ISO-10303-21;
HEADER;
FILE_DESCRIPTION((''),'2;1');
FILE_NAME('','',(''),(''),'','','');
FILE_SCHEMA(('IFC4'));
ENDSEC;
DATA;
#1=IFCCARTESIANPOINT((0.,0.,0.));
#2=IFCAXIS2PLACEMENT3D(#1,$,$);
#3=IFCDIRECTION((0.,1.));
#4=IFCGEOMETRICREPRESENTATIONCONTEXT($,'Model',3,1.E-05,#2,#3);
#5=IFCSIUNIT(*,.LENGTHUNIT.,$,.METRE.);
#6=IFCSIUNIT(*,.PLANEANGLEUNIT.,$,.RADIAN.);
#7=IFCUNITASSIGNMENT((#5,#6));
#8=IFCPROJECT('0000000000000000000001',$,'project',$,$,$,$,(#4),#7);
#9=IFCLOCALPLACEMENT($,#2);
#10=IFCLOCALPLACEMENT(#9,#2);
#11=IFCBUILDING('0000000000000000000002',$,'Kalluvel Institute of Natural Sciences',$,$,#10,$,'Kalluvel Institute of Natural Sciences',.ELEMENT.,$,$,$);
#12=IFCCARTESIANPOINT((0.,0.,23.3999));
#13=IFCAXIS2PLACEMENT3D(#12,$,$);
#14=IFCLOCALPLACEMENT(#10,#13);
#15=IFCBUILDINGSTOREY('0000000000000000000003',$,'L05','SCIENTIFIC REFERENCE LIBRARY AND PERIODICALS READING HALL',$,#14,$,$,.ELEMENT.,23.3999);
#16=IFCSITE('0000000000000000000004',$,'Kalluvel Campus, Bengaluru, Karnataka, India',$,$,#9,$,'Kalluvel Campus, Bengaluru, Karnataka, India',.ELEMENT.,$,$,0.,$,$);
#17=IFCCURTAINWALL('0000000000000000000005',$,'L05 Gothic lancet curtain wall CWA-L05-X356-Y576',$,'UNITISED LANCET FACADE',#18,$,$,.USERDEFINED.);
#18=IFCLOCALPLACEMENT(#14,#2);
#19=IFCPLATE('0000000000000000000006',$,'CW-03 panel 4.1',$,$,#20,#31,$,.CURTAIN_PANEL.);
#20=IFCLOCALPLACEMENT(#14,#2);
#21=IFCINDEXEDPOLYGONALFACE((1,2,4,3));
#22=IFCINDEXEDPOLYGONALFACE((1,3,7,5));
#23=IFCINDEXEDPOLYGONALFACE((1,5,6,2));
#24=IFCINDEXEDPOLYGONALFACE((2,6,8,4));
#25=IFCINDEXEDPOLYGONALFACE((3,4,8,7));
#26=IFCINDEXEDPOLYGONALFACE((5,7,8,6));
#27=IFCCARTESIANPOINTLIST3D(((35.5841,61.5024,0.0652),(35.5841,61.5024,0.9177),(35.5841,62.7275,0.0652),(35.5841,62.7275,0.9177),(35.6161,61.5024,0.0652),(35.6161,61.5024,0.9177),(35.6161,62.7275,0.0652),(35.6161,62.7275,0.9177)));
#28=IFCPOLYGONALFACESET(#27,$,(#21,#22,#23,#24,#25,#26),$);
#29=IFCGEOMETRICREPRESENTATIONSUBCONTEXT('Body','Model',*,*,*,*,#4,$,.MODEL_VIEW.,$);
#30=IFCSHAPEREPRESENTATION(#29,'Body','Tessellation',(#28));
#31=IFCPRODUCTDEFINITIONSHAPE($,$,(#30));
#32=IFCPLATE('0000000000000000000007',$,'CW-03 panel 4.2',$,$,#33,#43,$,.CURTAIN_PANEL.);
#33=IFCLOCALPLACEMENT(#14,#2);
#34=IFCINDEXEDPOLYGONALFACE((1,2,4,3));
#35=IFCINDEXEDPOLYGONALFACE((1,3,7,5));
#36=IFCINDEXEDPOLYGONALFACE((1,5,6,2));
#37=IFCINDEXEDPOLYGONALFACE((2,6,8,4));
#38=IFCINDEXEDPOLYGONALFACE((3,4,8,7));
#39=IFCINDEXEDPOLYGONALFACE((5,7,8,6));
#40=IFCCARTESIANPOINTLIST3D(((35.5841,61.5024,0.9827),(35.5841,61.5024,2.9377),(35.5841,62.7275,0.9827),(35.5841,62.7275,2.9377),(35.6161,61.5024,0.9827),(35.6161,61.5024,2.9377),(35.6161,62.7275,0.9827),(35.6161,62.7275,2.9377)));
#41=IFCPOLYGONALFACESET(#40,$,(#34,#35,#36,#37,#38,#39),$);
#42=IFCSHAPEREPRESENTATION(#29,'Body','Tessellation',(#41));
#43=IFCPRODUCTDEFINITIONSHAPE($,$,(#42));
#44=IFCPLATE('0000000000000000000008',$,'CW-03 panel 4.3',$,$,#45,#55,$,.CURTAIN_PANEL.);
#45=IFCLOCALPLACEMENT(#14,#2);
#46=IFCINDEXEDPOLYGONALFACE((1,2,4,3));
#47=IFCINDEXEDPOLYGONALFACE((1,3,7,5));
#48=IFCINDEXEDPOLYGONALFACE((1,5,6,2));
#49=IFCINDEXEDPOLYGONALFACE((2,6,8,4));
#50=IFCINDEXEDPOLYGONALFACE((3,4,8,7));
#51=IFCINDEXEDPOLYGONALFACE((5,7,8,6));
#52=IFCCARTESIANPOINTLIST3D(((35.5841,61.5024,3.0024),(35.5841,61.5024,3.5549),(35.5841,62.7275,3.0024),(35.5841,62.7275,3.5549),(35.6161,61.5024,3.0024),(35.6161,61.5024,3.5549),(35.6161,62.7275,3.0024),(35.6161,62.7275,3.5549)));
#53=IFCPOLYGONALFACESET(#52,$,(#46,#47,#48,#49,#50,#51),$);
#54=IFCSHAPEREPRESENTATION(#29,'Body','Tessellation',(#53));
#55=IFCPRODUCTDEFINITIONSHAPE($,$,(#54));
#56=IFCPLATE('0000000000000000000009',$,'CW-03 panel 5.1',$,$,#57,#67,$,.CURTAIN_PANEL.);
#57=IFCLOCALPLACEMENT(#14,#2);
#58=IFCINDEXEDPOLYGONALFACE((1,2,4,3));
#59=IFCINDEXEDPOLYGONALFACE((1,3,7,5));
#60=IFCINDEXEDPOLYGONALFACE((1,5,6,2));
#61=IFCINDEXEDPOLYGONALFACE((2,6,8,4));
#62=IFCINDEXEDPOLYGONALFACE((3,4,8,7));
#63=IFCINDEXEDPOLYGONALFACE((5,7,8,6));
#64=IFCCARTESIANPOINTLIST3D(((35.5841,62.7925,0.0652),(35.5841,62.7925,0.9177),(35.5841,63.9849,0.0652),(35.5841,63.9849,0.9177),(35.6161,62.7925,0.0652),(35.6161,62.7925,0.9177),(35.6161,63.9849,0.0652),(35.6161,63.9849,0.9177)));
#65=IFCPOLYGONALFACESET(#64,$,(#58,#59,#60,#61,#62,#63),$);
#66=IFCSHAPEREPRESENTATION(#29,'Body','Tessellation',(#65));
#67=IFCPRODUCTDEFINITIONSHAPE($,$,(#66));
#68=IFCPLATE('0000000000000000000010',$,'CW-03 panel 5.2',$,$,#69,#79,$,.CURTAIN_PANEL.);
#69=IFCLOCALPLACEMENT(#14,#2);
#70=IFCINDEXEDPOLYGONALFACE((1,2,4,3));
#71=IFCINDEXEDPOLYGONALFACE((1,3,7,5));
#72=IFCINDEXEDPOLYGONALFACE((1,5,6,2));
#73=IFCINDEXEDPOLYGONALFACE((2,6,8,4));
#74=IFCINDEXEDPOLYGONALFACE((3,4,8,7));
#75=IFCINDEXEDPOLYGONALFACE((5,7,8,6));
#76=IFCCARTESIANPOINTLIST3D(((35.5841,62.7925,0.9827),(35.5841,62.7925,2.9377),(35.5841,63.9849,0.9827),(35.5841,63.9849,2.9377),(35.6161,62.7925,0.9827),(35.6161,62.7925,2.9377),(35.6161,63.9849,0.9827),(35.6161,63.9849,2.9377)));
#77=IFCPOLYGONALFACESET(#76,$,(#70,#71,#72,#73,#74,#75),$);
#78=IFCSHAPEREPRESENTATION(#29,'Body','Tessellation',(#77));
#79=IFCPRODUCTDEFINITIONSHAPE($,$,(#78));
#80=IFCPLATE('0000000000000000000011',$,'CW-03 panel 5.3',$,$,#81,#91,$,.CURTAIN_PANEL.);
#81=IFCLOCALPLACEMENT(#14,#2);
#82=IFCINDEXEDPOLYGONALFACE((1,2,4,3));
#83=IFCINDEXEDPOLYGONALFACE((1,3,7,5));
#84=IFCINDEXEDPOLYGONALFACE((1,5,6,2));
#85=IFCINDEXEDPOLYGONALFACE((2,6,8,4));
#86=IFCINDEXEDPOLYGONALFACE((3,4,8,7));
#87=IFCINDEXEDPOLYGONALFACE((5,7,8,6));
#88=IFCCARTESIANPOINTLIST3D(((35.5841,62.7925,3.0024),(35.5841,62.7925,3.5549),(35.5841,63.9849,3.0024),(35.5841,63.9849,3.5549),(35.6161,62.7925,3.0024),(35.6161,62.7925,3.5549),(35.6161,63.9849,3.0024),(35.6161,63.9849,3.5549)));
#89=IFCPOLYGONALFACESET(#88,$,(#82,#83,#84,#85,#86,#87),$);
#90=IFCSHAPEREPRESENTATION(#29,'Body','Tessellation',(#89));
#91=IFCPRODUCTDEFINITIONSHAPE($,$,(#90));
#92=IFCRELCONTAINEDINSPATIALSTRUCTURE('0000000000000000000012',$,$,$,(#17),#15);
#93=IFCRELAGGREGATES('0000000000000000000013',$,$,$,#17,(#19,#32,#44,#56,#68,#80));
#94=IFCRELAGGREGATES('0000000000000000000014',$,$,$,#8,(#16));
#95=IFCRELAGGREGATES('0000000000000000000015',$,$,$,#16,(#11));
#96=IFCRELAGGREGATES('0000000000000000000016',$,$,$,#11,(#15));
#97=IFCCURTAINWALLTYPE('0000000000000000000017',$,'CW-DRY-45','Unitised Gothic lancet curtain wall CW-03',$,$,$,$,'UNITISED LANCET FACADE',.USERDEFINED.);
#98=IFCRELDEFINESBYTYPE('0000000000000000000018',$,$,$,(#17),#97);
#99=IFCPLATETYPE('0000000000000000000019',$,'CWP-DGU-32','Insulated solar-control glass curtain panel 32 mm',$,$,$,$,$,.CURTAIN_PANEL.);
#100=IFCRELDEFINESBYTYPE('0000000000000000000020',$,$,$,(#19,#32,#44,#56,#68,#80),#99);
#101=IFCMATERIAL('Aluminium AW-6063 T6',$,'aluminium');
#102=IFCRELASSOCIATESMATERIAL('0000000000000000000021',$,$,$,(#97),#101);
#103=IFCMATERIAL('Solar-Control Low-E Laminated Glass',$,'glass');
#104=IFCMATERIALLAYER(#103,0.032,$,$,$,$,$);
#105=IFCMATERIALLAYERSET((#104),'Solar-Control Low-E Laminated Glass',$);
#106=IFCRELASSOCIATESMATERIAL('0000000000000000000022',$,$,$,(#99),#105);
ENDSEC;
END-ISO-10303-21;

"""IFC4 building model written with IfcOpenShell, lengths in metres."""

from ifc_helpers import new_model, si_unit, direction, frame, origin, origin_2d, place, context, subcontext, project, spatial, rectangle, extrude, material, layer, layer_set, type_object, element, aggregate, save


model = new_model("IFC4")

# Units and contexts
model_context = context("Model", 3, precision=1e-05, world=origin(), true_north=direction((0.0, 1.0)))
body_context = subcontext(model_context, "Body", "Model", "MODEL_VIEW")
ifc_project = project(units=[si_unit("LENGTHUNIT", "METRE"), si_unit("PLANEANGLEUNIT", "RADIAN")], contexts=[model_context])

# Site, building, storey
site_placement = place(None, origin())
site = spatial("IfcSite", under=ifc_project, at=site_placement, Name="Kalluvel Campus, Bengaluru, Karnataka, India", LongName="Kalluvel Campus, Bengaluru, Karnataka, India", CompositionType="ELEMENT", RefElevation=0.0)
building_placement = place(site_placement, origin())
building = spatial("IfcBuilding", under=site, at=building_placement, Name="Kalluvel Institute of Natural Sciences", LongName="Kalluvel Institute of Natural Sciences", CompositionType="ELEMENT")
storey_placement = place(building_placement, frame((0.0, 0.0, 23.3999)))
storey = spatial("IfcBuildingStorey", under=building, at=storey_placement, Name="L05", Description="SCIENTIFIC REFERENCE LIBRARY AND PERIODICALS READING HALL", CompositionType="ELEMENT", Elevation=23.3999)

# Curtain wall
ifc_material_1 = material(Name="Aluminium AW-6063 T6", Category="aluminium")
curtain_wall_type = type_object("IfcCurtainWallType", Name="CW-DRY-45", Description="Unitised Gothic lancet curtain wall CW-03", ElementType="UNITISED LANCET FACADE", PredefinedType="USERDEFINED", material=ifc_material_1)
curtain_wall_1_placement = place(storey_placement, origin())
curtain_wall_1 = element("IfcCurtainWall", 1, at=curtain_wall_1_placement, inside=storey, type_object=curtain_wall_type, Name="L05 Gothic lancet curtain wall CWA-L05-X356-Y576", ObjectType="UNITISED LANCET FACADE", PredefinedType="USERDEFINED")

# Plates
ifc_material_2 = material(Name="Solar-Control Low-E Laminated Glass", Category="glass")
ifc_layer = layer(ifc_material_2, 0.032)
ifc_layer_set = layer_set([ifc_layer], Name="Solar-Control Low-E Laminated Glass")
plate_type = type_object("IfcPlateType", Name="CWP-DGU-32", Description="Insulated solar-control glass curtain panel 32 mm", PredefinedType="CURTAIN_PANEL", material=ifc_layer_set)
plate_1_placement = place(storey_placement, frame((35.6001, 62.115, 0.0652), z_axis=(0.0, 0.0, 1.0), x_axis=(0.0, 1.0, 0.0)))
plate_1 = element("IfcPlate", 2, at=plate_1_placement, type_object=plate_type, Name="CW-03 panel 4.1", PredefinedType="CURTAIN_PANEL", context=body_context, shape_type="SweptSolid", body=[
    extrude(rectangle(XDim=1.2251, YDim=0.032, at=origin_2d()), origin(), (0.0, 0.0, 1.0), 0.8525),
])
plate_2_placement = place(storey_placement, frame((35.6001, 62.115, 0.9827), z_axis=(0.0, 0.0, 1.0), x_axis=(0.0, 1.0, 0.0)))
plate_2 = element("IfcPlate", 3, at=plate_2_placement, type_object=plate_type, Name="CW-03 panel 4.2", PredefinedType="CURTAIN_PANEL", context=body_context, shape_type="SweptSolid", body=[
    extrude(rectangle(XDim=1.2251, YDim=0.032, at=origin_2d()), origin(), (0.0, 0.0, 1.0), 1.9551),
])
plate_3_placement = place(storey_placement, frame((35.6001, 62.115, 3.0024), z_axis=(0.0, 0.0, 1.0), x_axis=(0.0, 1.0, 0.0)))
plate_3 = element("IfcPlate", 4, at=plate_3_placement, type_object=plate_type, Name="CW-03 panel 4.3", PredefinedType="CURTAIN_PANEL", context=body_context, shape_type="SweptSolid", body=[
    extrude(rectangle(XDim=1.2251, YDim=0.032, at=origin_2d()), origin(), (0.0, 0.0, 1.0), 0.5525),
])
plate_4_placement = place(storey_placement, frame((35.6001, 63.3887, 0.0652), z_axis=(0.0, 0.0, 1.0), x_axis=(0.0, 1.0, 0.0)))
plate_4 = element("IfcPlate", 5, at=plate_4_placement, type_object=plate_type, Name="CW-03 panel 5.1", PredefinedType="CURTAIN_PANEL", context=body_context, shape_type="SweptSolid", body=[
    extrude(rectangle(XDim=1.1924, YDim=0.032, at=origin_2d()), origin(), (0.0, 0.0, 1.0), 0.8525),
])
plate_5_placement = place(storey_placement, frame((35.6001, 63.3887, 0.9827), z_axis=(0.0, 0.0, 1.0), x_axis=(0.0, 1.0, 0.0)))
plate_5 = element("IfcPlate", 6, at=plate_5_placement, type_object=plate_type, Name="CW-03 panel 5.2", PredefinedType="CURTAIN_PANEL", context=body_context, shape_type="SweptSolid", body=[
    extrude(rectangle(XDim=1.1924, YDim=0.032, at=origin_2d()), origin(), (0.0, 0.0, 1.0), 1.9551),
])
plate_6_placement = place(storey_placement, frame((35.6001, 63.3887, 3.0024), z_axis=(0.0, 0.0, 1.0), x_axis=(0.0, 1.0, 0.0)))
plate_6 = element("IfcPlate", 7, at=plate_6_placement, type_object=plate_type, Name="CW-03 panel 5.3", PredefinedType="CURTAIN_PANEL", context=body_context, shape_type="SweptSolid", body=[
    extrude(rectangle(XDim=1.1924, YDim=0.032, at=origin_2d()), origin(), (0.0, 0.0, 1.0), 0.5525),
])
aggregate(curtain_wall_1, [plate_1, plate_2, plate_3, plate_4, plate_5, plate_6])

save(model, "model.ifc")
